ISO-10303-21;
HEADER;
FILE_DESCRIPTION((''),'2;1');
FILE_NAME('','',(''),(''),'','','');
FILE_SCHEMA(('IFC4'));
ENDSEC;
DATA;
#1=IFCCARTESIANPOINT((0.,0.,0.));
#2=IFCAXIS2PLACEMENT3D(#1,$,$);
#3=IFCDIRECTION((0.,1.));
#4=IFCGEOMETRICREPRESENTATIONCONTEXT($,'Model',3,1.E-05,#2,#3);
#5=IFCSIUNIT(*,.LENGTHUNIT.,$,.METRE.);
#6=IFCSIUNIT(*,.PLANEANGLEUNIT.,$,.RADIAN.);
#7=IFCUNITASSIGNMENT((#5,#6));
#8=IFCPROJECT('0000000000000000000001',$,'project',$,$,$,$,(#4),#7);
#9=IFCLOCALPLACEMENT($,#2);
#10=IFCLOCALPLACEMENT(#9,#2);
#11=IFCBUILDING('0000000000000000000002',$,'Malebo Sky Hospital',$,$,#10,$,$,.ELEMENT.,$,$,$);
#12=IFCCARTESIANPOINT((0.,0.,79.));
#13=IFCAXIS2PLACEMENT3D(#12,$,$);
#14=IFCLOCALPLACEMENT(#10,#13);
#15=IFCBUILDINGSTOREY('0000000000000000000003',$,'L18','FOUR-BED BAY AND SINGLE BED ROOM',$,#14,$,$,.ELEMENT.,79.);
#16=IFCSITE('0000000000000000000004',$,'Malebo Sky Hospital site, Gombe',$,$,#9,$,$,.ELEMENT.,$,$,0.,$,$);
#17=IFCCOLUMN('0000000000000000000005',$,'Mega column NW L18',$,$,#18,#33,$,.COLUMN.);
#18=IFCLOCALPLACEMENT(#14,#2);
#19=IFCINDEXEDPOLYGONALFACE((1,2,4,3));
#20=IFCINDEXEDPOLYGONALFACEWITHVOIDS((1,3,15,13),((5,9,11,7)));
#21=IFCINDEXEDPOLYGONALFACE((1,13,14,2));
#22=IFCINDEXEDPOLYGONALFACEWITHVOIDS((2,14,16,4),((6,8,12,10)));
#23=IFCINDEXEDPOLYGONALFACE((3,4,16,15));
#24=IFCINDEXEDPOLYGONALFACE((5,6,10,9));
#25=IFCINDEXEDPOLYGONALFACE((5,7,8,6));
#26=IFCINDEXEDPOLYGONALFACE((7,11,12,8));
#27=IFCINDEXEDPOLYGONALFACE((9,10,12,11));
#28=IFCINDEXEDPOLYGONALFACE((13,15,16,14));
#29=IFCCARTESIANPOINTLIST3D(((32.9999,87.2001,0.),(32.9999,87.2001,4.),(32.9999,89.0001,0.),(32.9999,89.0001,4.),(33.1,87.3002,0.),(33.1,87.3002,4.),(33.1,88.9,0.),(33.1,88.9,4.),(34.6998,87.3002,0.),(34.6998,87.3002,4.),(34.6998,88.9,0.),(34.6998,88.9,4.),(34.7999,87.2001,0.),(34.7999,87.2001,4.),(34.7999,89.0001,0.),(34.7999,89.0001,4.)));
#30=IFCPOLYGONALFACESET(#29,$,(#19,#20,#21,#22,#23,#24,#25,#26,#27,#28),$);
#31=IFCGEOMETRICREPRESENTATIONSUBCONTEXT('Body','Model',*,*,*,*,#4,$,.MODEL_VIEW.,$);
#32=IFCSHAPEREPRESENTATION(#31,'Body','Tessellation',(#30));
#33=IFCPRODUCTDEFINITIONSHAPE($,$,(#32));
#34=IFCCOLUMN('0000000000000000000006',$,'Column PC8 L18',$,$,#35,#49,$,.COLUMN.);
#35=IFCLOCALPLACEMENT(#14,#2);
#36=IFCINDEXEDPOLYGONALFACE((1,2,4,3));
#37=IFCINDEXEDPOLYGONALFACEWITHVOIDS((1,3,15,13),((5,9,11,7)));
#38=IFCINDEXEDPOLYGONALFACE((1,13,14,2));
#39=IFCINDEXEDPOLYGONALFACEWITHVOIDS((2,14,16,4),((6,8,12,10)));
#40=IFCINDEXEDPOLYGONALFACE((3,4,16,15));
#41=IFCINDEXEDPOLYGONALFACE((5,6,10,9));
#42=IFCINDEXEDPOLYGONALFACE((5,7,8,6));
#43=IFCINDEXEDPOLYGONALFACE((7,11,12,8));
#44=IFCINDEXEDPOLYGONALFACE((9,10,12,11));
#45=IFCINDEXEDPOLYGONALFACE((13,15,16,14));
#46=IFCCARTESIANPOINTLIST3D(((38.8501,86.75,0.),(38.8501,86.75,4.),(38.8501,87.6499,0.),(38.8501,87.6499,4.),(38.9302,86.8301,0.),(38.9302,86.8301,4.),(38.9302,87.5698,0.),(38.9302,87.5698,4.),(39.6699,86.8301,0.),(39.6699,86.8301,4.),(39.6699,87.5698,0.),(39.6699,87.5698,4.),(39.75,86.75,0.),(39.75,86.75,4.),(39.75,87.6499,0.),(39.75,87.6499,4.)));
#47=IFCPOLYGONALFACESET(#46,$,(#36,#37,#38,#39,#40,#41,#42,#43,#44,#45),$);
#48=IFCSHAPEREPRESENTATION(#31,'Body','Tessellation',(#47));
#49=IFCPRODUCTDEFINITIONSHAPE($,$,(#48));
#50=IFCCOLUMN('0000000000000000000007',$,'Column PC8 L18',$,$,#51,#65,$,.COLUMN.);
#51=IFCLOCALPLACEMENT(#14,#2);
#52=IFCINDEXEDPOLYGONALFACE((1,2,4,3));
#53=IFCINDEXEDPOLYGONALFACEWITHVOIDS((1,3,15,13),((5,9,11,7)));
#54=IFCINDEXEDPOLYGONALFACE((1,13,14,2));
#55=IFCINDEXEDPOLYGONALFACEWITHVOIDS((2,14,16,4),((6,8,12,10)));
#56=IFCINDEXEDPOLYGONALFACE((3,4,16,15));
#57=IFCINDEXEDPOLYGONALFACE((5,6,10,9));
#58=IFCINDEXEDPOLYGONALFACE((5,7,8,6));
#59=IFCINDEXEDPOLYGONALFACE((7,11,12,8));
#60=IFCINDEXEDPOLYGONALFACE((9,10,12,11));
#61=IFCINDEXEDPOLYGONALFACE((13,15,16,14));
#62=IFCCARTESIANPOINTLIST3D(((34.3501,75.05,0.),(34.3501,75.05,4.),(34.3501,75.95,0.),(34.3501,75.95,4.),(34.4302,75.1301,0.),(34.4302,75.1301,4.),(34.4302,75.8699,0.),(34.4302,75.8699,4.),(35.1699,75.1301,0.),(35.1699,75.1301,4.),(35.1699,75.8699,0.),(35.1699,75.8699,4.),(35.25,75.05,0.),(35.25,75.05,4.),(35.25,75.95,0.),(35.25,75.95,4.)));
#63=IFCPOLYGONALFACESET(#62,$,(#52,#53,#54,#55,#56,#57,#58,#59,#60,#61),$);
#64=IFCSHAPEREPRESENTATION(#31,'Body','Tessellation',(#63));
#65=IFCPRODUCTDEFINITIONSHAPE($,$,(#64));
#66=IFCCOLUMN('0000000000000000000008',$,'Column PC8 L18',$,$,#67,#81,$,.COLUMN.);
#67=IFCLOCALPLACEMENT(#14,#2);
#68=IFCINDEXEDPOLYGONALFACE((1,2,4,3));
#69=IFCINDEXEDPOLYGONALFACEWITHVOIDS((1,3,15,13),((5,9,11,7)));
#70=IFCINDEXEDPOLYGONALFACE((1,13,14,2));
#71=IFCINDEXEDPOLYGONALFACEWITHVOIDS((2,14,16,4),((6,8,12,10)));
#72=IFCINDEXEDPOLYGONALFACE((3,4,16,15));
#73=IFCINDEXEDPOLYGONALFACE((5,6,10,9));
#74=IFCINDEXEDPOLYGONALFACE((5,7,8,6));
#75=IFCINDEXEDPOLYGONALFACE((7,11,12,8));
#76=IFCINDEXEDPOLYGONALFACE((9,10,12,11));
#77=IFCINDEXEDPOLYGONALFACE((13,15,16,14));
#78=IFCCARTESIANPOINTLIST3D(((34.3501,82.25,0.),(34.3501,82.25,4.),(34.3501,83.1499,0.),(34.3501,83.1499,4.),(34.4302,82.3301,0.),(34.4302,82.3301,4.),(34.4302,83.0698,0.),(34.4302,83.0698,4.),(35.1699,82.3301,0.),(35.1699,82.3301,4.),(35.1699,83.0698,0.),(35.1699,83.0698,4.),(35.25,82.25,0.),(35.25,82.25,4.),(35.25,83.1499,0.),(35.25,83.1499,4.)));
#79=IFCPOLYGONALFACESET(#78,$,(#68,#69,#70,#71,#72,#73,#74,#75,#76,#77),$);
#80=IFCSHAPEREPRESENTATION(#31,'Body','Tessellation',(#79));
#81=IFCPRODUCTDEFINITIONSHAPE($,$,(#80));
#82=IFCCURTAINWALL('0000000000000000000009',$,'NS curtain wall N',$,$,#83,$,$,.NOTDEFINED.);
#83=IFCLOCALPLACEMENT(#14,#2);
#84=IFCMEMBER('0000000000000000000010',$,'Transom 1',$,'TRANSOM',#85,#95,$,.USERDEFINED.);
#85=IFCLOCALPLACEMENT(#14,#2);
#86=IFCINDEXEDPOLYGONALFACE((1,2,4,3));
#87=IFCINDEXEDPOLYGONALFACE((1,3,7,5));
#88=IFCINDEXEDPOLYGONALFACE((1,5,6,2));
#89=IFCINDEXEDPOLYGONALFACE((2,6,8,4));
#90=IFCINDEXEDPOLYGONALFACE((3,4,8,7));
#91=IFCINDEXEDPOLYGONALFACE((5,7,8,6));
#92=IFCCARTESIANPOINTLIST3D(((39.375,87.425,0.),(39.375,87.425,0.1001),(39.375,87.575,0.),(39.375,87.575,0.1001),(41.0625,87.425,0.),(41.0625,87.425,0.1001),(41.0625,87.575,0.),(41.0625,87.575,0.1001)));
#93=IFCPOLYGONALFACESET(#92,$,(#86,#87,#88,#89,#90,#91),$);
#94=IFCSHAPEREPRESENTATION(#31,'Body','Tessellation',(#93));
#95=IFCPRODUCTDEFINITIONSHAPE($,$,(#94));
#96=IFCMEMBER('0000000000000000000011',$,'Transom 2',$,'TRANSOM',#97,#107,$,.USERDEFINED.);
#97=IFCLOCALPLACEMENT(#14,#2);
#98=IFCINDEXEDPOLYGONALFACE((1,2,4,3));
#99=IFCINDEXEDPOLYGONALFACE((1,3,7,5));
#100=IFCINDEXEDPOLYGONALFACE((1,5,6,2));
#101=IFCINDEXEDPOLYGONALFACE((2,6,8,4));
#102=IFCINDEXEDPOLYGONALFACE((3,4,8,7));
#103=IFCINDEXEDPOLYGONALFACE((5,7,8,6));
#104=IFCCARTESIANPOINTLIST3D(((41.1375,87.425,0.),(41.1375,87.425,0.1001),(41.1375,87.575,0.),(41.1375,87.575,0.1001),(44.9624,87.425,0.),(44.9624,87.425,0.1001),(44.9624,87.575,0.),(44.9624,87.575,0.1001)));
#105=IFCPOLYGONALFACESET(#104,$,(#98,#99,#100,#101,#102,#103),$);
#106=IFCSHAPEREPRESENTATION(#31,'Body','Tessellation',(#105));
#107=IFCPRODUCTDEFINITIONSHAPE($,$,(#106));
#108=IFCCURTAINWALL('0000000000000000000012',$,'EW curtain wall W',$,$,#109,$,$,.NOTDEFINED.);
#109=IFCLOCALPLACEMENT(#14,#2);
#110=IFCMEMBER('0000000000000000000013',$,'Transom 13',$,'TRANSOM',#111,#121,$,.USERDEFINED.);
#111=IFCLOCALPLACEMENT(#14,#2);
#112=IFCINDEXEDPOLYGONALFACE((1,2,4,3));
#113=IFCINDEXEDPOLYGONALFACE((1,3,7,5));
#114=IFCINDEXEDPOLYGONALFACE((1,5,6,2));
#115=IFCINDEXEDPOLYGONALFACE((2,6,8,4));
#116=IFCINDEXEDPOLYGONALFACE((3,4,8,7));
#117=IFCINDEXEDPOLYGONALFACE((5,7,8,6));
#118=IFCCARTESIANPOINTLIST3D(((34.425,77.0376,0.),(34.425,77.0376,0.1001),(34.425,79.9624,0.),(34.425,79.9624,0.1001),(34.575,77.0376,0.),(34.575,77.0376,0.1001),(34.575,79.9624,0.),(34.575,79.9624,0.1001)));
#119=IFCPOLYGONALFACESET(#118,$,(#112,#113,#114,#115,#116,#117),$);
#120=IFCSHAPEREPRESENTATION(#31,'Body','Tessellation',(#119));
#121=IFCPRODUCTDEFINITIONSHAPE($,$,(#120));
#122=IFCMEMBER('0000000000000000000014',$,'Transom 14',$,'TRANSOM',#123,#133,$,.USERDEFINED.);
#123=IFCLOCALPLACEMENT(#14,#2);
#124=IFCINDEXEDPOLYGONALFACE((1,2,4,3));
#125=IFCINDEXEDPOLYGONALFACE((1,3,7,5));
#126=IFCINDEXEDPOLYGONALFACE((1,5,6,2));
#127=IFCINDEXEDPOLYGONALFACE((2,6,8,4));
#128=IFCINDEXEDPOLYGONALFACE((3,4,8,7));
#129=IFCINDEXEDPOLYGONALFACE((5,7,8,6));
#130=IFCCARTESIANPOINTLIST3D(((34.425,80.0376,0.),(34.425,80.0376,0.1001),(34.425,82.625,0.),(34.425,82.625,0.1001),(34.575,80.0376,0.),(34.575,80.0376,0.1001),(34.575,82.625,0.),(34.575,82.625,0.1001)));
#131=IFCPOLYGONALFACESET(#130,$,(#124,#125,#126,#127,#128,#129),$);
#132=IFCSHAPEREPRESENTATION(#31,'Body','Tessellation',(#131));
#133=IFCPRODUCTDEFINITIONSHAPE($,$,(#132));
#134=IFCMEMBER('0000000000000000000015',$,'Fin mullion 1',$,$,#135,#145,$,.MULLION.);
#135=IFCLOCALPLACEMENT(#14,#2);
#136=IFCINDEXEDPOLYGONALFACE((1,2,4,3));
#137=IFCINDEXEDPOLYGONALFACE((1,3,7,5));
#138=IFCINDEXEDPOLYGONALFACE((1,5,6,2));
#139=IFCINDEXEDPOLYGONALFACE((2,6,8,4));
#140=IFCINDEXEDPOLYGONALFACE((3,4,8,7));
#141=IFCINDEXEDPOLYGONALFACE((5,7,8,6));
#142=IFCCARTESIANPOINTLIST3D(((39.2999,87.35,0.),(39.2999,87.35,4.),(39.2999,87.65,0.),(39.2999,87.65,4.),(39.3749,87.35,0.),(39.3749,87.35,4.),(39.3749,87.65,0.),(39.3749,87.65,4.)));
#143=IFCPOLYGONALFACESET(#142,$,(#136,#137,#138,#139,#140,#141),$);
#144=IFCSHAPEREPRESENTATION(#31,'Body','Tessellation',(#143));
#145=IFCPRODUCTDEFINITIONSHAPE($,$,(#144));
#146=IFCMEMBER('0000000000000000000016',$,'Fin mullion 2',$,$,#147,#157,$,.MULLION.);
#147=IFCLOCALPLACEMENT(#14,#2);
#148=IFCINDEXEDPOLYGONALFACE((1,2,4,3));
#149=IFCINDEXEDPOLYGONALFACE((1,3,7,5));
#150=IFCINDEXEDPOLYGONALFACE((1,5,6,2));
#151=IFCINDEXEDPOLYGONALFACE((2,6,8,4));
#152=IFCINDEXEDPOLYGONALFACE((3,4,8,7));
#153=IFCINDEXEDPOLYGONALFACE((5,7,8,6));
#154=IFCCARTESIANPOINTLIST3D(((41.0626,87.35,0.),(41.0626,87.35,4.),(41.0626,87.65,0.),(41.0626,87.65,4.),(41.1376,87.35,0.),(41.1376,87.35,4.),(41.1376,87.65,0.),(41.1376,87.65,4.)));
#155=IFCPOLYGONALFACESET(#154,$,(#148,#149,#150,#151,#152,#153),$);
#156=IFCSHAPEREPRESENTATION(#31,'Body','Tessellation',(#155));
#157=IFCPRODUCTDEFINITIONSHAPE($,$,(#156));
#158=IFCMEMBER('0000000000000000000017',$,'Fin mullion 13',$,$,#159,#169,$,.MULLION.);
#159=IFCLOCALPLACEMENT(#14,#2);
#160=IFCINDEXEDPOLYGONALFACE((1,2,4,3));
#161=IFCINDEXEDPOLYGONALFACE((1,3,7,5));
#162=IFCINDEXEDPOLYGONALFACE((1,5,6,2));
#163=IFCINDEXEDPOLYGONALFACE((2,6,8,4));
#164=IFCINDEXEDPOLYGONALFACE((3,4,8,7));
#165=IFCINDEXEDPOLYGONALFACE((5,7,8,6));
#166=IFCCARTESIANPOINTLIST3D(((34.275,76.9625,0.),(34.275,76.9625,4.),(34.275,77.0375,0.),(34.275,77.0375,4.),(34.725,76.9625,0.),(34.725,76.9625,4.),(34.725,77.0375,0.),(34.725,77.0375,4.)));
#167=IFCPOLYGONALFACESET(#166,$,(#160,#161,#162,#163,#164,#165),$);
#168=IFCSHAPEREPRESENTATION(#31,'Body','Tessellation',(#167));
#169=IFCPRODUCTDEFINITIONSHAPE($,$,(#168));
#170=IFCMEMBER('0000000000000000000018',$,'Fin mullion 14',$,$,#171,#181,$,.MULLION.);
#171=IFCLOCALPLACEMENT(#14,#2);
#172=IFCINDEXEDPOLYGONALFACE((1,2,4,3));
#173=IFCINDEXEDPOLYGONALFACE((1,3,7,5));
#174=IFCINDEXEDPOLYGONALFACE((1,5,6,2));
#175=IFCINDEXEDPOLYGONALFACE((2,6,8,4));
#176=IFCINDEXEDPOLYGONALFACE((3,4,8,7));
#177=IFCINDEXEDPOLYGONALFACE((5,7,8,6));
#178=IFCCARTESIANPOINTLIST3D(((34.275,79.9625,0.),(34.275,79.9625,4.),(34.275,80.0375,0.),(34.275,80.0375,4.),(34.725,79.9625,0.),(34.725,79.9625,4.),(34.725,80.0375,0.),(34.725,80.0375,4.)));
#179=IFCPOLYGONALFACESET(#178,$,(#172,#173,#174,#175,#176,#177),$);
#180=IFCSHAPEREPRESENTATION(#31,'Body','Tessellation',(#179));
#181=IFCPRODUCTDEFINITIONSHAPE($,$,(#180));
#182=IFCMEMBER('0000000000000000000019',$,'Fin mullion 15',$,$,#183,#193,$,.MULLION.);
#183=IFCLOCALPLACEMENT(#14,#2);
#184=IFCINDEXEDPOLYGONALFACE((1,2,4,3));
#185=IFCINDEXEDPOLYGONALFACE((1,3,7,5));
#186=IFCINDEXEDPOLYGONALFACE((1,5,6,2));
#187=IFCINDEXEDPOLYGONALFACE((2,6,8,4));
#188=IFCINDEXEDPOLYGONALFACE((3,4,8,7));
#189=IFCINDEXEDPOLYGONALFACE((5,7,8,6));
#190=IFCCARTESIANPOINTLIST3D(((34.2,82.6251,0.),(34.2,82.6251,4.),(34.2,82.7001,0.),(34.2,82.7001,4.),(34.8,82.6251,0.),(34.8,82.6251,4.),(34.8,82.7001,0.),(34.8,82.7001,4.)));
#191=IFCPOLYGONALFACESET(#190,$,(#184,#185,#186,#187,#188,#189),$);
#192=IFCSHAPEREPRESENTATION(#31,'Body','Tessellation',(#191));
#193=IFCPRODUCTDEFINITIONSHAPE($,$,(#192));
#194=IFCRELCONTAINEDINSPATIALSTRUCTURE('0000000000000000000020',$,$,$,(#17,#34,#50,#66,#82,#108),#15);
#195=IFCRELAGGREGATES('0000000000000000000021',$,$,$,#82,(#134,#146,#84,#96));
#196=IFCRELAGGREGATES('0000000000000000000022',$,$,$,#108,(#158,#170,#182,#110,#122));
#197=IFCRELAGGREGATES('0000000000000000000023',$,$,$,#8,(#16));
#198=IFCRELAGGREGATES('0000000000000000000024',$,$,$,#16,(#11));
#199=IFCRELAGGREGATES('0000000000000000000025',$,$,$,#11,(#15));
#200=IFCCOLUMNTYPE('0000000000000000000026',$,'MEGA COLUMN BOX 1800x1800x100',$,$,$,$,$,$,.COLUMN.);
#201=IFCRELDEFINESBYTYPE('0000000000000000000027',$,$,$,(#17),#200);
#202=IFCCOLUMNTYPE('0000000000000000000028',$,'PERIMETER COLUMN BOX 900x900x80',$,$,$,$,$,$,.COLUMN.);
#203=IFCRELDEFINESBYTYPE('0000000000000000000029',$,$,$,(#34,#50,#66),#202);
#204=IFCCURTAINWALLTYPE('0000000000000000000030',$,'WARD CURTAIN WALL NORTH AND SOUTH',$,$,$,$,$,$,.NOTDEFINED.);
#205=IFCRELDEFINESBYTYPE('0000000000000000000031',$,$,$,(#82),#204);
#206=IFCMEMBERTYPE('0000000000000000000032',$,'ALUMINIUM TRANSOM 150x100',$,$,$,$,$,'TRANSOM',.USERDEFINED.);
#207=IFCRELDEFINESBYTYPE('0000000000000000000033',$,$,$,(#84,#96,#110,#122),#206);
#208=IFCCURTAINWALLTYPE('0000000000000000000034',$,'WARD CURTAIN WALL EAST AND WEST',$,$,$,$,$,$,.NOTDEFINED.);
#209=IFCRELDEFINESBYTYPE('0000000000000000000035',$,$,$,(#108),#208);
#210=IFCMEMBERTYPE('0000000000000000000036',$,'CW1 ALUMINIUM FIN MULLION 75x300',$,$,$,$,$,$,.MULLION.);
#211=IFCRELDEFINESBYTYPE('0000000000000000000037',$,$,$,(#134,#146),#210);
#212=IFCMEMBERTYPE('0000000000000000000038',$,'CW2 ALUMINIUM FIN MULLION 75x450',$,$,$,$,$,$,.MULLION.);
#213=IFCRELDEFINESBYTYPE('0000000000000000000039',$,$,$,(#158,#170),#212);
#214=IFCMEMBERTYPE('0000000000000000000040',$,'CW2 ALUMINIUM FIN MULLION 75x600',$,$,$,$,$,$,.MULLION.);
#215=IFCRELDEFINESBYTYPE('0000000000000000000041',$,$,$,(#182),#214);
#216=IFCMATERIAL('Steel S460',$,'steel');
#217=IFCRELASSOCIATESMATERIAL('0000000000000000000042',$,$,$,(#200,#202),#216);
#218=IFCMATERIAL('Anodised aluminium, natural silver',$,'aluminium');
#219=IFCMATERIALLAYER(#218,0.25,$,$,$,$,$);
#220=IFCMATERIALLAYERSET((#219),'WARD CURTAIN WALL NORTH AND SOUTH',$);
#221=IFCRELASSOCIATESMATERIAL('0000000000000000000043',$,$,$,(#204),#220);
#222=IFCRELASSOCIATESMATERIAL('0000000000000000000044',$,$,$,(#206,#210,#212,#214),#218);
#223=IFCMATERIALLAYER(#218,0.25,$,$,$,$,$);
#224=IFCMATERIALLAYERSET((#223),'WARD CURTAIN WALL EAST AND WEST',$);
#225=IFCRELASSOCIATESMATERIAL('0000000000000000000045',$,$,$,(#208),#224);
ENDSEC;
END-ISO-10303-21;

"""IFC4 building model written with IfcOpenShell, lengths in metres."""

from ifc_helpers import new_model, si_unit, direction, frame, origin, origin_2d, place, context, subcontext, project, spatial, rectangle, hollow_rectangle, extrude, material, layer, layer_set, material_profile, profile_set, type_object, element, aggregate, save


model = new_model("IFC4")

# Units and contexts
model_context = context("Model", 3, precision=1e-05, world=origin(), true_north=direction((0.0, 1.0)))
body_context = subcontext(model_context, "Body", "Model", "MODEL_VIEW")
ifc_project = project(units=[si_unit("LENGTHUNIT", "METRE"), si_unit("PLANEANGLEUNIT", "RADIAN")], contexts=[model_context])

# Site, building, storey
site_placement = place(None, origin())
site = spatial("IfcSite", under=ifc_project, at=site_placement, Name="Malebo Sky Hospital site, Gombe", CompositionType="ELEMENT", RefElevation=0.0)
building_placement = place(site_placement, origin())
building = spatial("IfcBuilding", under=site, at=building_placement, Name="Malebo Sky Hospital", CompositionType="ELEMENT")
storey_placement = place(building_placement, frame((0.0, 0.0, 79.0)))
storey = spatial("IfcBuildingStorey", under=building, at=storey_placement, Name="L18", Description="FOUR-BED BAY AND SINGLE BED ROOM", CompositionType="ELEMENT", Elevation=79.0)

# Columns
ifc_material_1 = material(Name="Steel S460", Category="steel")
ifc_material_profile_1 = material_profile(ifc_material_1, hollow_rectangle(XDim=1.8, YDim=1.8, WallThickness=0.1001, at=origin_2d()), Name="BOX 1800x1800x100")
ifc_profile_set_1 = profile_set([ifc_material_profile_1], Name="Steel S460")
column_type_1 = type_object("IfcColumnType", Name="MEGA COLUMN BOX 1800x1800x100", PredefinedType="COLUMN", material=ifc_profile_set_1)
column_placement = place(storey_placement, frame((33.8999, 88.1001, 0.0), z_axis=(0.0, 0.0, 1.0), x_axis=(1.0, 0.0, 0.0)))
element("IfcColumn", 1, at=column_placement, inside=storey, type_object=column_type_1, Name="Mega column NW L18", PredefinedType="COLUMN", context=body_context, shape_type="SweptSolid", body=[
    extrude(hollow_rectangle(XDim=1.8, YDim=1.8, WallThickness=0.1001, at=origin_2d()), origin(), (0.0, 0.0, 1.0), 4.0),
])
ifc_material_profile_2 = material_profile(ifc_material_1, hollow_rectangle(XDim=0.8999, YDim=0.8999, WallThickness=0.0801, at=origin_2d()), Name="BOX 900x900x80")
ifc_profile_set_2 = profile_set([ifc_material_profile_2], Name="Steel S460")
column_type_2 = type_object("IfcColumnType", Name="PERIMETER COLUMN BOX 900x900x80", PredefinedType="COLUMN", material=ifc_profile_set_2)
for number, where, z_axis, x_axis, name in (
    (2, (39.3, 87.2, 0.0), (0.0, 0.0, 1.0), (1.0, 0.0, 0.0), "Column PC8 L18"),
    (3, (34.8, 75.5, 0.0), (0.0, 0.0, 1.0), (1.0, 0.0, 0.0), "Column PC8 L18"),
    (4, (34.8, 82.7, 0.0), (0.0, 0.0, 1.0), (1.0, 0.0, 0.0), "Column PC8 L18"),
):
    element("IfcColumn", number, at=place(storey_placement, frame(where, z_axis=z_axis, x_axis=x_axis)), inside=storey, type_object=column_type_2, Name=name, PredefinedType="COLUMN", context=body_context, shape_type="SweptSolid", body=[
        extrude(hollow_rectangle(XDim=0.8999, YDim=0.8999, WallThickness=0.0801, at=origin_2d()), origin(), (0.0, 0.0, 1.0), 4.0),
    ])

# Curtain walls, members
ifc_material_2 = material(Name="Anodised aluminium, natural silver", Category="aluminium")
ifc_layer_1 = layer(ifc_material_2, 0.25)
ifc_layer_set_1 = layer_set([ifc_layer_1], Name="WARD CURTAIN WALL NORTH AND SOUTH")
curtain_wall_type_1 = type_object("IfcCurtainWallType", Name="WARD CURTAIN WALL NORTH AND SOUTH", PredefinedType="NOTDEFINED", material=ifc_layer_set_1)
curtain_wall_1_placement = place(storey_placement, origin())
curtain_wall_1 = element("IfcCurtainWall", 5, at=curtain_wall_1_placement, inside=storey, type_object=curtain_wall_type_1, Name="NS curtain wall N", PredefinedType="NOTDEFINED")
ifc_material_profile_3 = material_profile(ifc_material_2, rectangle(XDim=0.1499, YDim=0.1001, at=origin_2d()), Name="ALUMINIUM TRANSOM 150x100")
ifc_profile_set_3 = profile_set([ifc_material_profile_3], Name="Anodised aluminium, natural silver")
member_type_1 = type_object("IfcMemberType", Name="ALUMINIUM TRANSOM 150x100", ElementType="TRANSOM", PredefinedType="USERDEFINED", material=ifc_profile_set_3)
member_1_placement = place(storey_placement, frame((39.375, 87.5, 0.05), z_axis=(1.0, 0.0, 0.0), x_axis=(0.0, 1.0, 0.0)))
member_1 = element("IfcMember", 6, at=member_1_placement, type_object=member_type_1, Name="Transom 1", ObjectType="TRANSOM", PredefinedType="USERDEFINED", context=body_context, shape_type="SweptSolid", body=[
    extrude(rectangle(XDim=0.1499, YDim=0.1001, at=origin_2d()), origin(), (0.0, 0.0, 1.0), 1.6875),
])
member_2_placement = place(storey_placement, frame((41.1375, 87.5, 0.05), z_axis=(1.0, 0.0, 0.0), x_axis=(0.0, 1.0, 0.0)))
member_2 = element("IfcMember", 7, at=member_2_placement, type_object=member_type_1, Name="Transom 2", ObjectType="TRANSOM", PredefinedType="USERDEFINED", context=body_context, shape_type="SweptSolid", body=[
    extrude(rectangle(XDim=0.1499, YDim=0.1001, at=origin_2d()), origin(), (0.0, 0.0, 1.0), 3.825),
])
ifc_layer_2 = layer(ifc_material_2, 0.25)
ifc_layer_set_2 = layer_set([ifc_layer_2], Name="WARD CURTAIN WALL EAST AND WEST")
curtain_wall_type_2 = type_object("IfcCurtainWallType", Name="WARD CURTAIN WALL EAST AND WEST", PredefinedType="NOTDEFINED", material=ifc_layer_set_2)
curtain_wall_2_placement = place(storey_placement, origin())
curtain_wall_2 = element("IfcCurtainWall", 8, at=curtain_wall_2_placement, inside=storey, type_object=curtain_wall_type_2, Name="EW curtain wall W", PredefinedType="NOTDEFINED")
member_3_placement = place(storey_placement, frame((34.5, 77.0376, 0.05), z_axis=(0.0, 1.0, 0.0), x_axis=(-1.0, 0.0, 0.0)))
member_3 = element("IfcMember", 9, at=member_3_placement, type_object=member_type_1, Name="Transom 13", ObjectType="TRANSOM", PredefinedType="USERDEFINED", context=body_context, shape_type="SweptSolid", body=[
    extrude(rectangle(XDim=0.1499, YDim=0.1001, at=origin_2d()), origin(), (0.0, 0.0, 1.0), 2.9248),
])
member_4_placement = place(storey_placement, frame((34.5, 80.0376, 0.05), z_axis=(0.0, 1.0, 0.0), x_axis=(-1.0, 0.0, 0.0)))
member_4 = element("IfcMember", 10, at=member_4_placement, type_object=member_type_1, Name="Transom 14", ObjectType="TRANSOM", PredefinedType="USERDEFINED", context=body_context, shape_type="SweptSolid", body=[
    extrude(rectangle(XDim=0.1499, YDim=0.1001, at=origin_2d()), origin(), (0.0, 0.0, 1.0), 2.5874),
])

# Members
ifc_material_profile_4 = material_profile(ifc_material_2, rectangle(XDim=0.075, YDim=0.3, at=origin_2d()), Name="CW1 ALUMINIUM FIN MULLION 75x300")
ifc_profile_set_4 = profile_set([ifc_material_profile_4], Name="Anodised aluminium, natural silver")
member_type_2 = type_object("IfcMemberType", Name="CW1 ALUMINIUM FIN MULLION 75x300", PredefinedType="MULLION", material=ifc_profile_set_4)
member_5_placement = place(storey_placement, frame((39.3374, 87.5, 0.0), z_axis=(0.0, 0.0, 1.0), x_axis=(1.0, 0.0, 0.0)))
member_5 = element("IfcMember", 11, at=member_5_placement, type_object=member_type_2, Name="Fin mullion 1", PredefinedType="MULLION", context=body_context, shape_type="SweptSolid", body=[
    extrude(rectangle(XDim=0.075, YDim=0.3, at=origin_2d()), origin(), (0.0, 0.0, 1.0), 4.0),
])
member_6_placement = place(storey_placement, frame((41.1001, 87.5, 0.0), z_axis=(0.0, 0.0, 1.0), x_axis=(1.0, 0.0, 0.0)))
member_6 = element("IfcMember", 12, at=member_6_placement, type_object=member_type_2, Name="Fin mullion 2", PredefinedType="MULLION", context=body_context, shape_type="SweptSolid", body=[
    extrude(rectangle(XDim=0.075, YDim=0.3, at=origin_2d()), origin(), (0.0, 0.0, 1.0), 4.0),
])
ifc_material_profile_5 = material_profile(ifc_material_2, rectangle(XDim=0.075, YDim=0.45, at=origin_2d()), Name="CW2 ALUMINIUM FIN MULLION 75x450")
ifc_profile_set_5 = profile_set([ifc_material_profile_5], Name="Anodised aluminium, natural silver")
member_type_3 = type_object("IfcMemberType", Name="CW2 ALUMINIUM FIN MULLION 75x450", PredefinedType="MULLION", material=ifc_profile_set_5)
member_7_placement = place(storey_placement, frame((34.5, 77.0, 0.0), z_axis=(0.0, 0.0, 1.0), x_axis=(0.0, 1.0, 0.0)))
member_7 = element("IfcMember", 13, at=member_7_placement, type_object=member_type_3, Name="Fin mullion 13", PredefinedType="MULLION", context=body_context, shape_type="SweptSolid", body=[
    extrude(rectangle(XDim=0.075, YDim=0.45, at=origin_2d()), origin(), (0.0, 0.0, 1.0), 4.0),
])
member_8_placement = place(storey_placement, frame((34.5, 80.0, 0.0), z_axis=(0.0, 0.0, 1.0), x_axis=(0.0, 1.0, 0.0)))
member_8 = element("IfcMember", 14, at=member_8_placement, type_object=member_type_3, Name="Fin mullion 14", PredefinedType="MULLION", context=body_context, shape_type="SweptSolid", body=[
    extrude(rectangle(XDim=0.075, YDim=0.45, at=origin_2d()), origin(), (0.0, 0.0, 1.0), 4.0),
])
ifc_material_profile_6 = material_profile(ifc_material_2, rectangle(XDim=0.075, YDim=0.6001, at=origin_2d()), Name="CW2 ALUMINIUM FIN MULLION 75x600")
ifc_profile_set_6 = profile_set([ifc_material_profile_6], Name="Anodised aluminium, natural silver")
member_type_4 = type_object("IfcMemberType", Name="CW2 ALUMINIUM FIN MULLION 75x600", PredefinedType="MULLION", material=ifc_profile_set_6)
member_9_placement = place(storey_placement, frame((34.5, 82.6626, 0.0), z_axis=(0.0, 0.0, 1.0), x_axis=(0.0, 1.0, 0.0)))
member_9 = element("IfcMember", 15, at=member_9_placement, type_object=member_type_4, Name="Fin mullion 15", PredefinedType="MULLION", context=body_context, shape_type="SweptSolid", body=[
    extrude(rectangle(XDim=0.075, YDim=0.6001, at=origin_2d()), origin(), (0.0, 0.0, 1.0), 4.0),
])

aggregate(curtain_wall_1, [member_5, member_6, member_1, member_2])
aggregate(curtain_wall_2, [member_7, member_8, member_9, member_3, member_4])

save(model, "model.ifc")
